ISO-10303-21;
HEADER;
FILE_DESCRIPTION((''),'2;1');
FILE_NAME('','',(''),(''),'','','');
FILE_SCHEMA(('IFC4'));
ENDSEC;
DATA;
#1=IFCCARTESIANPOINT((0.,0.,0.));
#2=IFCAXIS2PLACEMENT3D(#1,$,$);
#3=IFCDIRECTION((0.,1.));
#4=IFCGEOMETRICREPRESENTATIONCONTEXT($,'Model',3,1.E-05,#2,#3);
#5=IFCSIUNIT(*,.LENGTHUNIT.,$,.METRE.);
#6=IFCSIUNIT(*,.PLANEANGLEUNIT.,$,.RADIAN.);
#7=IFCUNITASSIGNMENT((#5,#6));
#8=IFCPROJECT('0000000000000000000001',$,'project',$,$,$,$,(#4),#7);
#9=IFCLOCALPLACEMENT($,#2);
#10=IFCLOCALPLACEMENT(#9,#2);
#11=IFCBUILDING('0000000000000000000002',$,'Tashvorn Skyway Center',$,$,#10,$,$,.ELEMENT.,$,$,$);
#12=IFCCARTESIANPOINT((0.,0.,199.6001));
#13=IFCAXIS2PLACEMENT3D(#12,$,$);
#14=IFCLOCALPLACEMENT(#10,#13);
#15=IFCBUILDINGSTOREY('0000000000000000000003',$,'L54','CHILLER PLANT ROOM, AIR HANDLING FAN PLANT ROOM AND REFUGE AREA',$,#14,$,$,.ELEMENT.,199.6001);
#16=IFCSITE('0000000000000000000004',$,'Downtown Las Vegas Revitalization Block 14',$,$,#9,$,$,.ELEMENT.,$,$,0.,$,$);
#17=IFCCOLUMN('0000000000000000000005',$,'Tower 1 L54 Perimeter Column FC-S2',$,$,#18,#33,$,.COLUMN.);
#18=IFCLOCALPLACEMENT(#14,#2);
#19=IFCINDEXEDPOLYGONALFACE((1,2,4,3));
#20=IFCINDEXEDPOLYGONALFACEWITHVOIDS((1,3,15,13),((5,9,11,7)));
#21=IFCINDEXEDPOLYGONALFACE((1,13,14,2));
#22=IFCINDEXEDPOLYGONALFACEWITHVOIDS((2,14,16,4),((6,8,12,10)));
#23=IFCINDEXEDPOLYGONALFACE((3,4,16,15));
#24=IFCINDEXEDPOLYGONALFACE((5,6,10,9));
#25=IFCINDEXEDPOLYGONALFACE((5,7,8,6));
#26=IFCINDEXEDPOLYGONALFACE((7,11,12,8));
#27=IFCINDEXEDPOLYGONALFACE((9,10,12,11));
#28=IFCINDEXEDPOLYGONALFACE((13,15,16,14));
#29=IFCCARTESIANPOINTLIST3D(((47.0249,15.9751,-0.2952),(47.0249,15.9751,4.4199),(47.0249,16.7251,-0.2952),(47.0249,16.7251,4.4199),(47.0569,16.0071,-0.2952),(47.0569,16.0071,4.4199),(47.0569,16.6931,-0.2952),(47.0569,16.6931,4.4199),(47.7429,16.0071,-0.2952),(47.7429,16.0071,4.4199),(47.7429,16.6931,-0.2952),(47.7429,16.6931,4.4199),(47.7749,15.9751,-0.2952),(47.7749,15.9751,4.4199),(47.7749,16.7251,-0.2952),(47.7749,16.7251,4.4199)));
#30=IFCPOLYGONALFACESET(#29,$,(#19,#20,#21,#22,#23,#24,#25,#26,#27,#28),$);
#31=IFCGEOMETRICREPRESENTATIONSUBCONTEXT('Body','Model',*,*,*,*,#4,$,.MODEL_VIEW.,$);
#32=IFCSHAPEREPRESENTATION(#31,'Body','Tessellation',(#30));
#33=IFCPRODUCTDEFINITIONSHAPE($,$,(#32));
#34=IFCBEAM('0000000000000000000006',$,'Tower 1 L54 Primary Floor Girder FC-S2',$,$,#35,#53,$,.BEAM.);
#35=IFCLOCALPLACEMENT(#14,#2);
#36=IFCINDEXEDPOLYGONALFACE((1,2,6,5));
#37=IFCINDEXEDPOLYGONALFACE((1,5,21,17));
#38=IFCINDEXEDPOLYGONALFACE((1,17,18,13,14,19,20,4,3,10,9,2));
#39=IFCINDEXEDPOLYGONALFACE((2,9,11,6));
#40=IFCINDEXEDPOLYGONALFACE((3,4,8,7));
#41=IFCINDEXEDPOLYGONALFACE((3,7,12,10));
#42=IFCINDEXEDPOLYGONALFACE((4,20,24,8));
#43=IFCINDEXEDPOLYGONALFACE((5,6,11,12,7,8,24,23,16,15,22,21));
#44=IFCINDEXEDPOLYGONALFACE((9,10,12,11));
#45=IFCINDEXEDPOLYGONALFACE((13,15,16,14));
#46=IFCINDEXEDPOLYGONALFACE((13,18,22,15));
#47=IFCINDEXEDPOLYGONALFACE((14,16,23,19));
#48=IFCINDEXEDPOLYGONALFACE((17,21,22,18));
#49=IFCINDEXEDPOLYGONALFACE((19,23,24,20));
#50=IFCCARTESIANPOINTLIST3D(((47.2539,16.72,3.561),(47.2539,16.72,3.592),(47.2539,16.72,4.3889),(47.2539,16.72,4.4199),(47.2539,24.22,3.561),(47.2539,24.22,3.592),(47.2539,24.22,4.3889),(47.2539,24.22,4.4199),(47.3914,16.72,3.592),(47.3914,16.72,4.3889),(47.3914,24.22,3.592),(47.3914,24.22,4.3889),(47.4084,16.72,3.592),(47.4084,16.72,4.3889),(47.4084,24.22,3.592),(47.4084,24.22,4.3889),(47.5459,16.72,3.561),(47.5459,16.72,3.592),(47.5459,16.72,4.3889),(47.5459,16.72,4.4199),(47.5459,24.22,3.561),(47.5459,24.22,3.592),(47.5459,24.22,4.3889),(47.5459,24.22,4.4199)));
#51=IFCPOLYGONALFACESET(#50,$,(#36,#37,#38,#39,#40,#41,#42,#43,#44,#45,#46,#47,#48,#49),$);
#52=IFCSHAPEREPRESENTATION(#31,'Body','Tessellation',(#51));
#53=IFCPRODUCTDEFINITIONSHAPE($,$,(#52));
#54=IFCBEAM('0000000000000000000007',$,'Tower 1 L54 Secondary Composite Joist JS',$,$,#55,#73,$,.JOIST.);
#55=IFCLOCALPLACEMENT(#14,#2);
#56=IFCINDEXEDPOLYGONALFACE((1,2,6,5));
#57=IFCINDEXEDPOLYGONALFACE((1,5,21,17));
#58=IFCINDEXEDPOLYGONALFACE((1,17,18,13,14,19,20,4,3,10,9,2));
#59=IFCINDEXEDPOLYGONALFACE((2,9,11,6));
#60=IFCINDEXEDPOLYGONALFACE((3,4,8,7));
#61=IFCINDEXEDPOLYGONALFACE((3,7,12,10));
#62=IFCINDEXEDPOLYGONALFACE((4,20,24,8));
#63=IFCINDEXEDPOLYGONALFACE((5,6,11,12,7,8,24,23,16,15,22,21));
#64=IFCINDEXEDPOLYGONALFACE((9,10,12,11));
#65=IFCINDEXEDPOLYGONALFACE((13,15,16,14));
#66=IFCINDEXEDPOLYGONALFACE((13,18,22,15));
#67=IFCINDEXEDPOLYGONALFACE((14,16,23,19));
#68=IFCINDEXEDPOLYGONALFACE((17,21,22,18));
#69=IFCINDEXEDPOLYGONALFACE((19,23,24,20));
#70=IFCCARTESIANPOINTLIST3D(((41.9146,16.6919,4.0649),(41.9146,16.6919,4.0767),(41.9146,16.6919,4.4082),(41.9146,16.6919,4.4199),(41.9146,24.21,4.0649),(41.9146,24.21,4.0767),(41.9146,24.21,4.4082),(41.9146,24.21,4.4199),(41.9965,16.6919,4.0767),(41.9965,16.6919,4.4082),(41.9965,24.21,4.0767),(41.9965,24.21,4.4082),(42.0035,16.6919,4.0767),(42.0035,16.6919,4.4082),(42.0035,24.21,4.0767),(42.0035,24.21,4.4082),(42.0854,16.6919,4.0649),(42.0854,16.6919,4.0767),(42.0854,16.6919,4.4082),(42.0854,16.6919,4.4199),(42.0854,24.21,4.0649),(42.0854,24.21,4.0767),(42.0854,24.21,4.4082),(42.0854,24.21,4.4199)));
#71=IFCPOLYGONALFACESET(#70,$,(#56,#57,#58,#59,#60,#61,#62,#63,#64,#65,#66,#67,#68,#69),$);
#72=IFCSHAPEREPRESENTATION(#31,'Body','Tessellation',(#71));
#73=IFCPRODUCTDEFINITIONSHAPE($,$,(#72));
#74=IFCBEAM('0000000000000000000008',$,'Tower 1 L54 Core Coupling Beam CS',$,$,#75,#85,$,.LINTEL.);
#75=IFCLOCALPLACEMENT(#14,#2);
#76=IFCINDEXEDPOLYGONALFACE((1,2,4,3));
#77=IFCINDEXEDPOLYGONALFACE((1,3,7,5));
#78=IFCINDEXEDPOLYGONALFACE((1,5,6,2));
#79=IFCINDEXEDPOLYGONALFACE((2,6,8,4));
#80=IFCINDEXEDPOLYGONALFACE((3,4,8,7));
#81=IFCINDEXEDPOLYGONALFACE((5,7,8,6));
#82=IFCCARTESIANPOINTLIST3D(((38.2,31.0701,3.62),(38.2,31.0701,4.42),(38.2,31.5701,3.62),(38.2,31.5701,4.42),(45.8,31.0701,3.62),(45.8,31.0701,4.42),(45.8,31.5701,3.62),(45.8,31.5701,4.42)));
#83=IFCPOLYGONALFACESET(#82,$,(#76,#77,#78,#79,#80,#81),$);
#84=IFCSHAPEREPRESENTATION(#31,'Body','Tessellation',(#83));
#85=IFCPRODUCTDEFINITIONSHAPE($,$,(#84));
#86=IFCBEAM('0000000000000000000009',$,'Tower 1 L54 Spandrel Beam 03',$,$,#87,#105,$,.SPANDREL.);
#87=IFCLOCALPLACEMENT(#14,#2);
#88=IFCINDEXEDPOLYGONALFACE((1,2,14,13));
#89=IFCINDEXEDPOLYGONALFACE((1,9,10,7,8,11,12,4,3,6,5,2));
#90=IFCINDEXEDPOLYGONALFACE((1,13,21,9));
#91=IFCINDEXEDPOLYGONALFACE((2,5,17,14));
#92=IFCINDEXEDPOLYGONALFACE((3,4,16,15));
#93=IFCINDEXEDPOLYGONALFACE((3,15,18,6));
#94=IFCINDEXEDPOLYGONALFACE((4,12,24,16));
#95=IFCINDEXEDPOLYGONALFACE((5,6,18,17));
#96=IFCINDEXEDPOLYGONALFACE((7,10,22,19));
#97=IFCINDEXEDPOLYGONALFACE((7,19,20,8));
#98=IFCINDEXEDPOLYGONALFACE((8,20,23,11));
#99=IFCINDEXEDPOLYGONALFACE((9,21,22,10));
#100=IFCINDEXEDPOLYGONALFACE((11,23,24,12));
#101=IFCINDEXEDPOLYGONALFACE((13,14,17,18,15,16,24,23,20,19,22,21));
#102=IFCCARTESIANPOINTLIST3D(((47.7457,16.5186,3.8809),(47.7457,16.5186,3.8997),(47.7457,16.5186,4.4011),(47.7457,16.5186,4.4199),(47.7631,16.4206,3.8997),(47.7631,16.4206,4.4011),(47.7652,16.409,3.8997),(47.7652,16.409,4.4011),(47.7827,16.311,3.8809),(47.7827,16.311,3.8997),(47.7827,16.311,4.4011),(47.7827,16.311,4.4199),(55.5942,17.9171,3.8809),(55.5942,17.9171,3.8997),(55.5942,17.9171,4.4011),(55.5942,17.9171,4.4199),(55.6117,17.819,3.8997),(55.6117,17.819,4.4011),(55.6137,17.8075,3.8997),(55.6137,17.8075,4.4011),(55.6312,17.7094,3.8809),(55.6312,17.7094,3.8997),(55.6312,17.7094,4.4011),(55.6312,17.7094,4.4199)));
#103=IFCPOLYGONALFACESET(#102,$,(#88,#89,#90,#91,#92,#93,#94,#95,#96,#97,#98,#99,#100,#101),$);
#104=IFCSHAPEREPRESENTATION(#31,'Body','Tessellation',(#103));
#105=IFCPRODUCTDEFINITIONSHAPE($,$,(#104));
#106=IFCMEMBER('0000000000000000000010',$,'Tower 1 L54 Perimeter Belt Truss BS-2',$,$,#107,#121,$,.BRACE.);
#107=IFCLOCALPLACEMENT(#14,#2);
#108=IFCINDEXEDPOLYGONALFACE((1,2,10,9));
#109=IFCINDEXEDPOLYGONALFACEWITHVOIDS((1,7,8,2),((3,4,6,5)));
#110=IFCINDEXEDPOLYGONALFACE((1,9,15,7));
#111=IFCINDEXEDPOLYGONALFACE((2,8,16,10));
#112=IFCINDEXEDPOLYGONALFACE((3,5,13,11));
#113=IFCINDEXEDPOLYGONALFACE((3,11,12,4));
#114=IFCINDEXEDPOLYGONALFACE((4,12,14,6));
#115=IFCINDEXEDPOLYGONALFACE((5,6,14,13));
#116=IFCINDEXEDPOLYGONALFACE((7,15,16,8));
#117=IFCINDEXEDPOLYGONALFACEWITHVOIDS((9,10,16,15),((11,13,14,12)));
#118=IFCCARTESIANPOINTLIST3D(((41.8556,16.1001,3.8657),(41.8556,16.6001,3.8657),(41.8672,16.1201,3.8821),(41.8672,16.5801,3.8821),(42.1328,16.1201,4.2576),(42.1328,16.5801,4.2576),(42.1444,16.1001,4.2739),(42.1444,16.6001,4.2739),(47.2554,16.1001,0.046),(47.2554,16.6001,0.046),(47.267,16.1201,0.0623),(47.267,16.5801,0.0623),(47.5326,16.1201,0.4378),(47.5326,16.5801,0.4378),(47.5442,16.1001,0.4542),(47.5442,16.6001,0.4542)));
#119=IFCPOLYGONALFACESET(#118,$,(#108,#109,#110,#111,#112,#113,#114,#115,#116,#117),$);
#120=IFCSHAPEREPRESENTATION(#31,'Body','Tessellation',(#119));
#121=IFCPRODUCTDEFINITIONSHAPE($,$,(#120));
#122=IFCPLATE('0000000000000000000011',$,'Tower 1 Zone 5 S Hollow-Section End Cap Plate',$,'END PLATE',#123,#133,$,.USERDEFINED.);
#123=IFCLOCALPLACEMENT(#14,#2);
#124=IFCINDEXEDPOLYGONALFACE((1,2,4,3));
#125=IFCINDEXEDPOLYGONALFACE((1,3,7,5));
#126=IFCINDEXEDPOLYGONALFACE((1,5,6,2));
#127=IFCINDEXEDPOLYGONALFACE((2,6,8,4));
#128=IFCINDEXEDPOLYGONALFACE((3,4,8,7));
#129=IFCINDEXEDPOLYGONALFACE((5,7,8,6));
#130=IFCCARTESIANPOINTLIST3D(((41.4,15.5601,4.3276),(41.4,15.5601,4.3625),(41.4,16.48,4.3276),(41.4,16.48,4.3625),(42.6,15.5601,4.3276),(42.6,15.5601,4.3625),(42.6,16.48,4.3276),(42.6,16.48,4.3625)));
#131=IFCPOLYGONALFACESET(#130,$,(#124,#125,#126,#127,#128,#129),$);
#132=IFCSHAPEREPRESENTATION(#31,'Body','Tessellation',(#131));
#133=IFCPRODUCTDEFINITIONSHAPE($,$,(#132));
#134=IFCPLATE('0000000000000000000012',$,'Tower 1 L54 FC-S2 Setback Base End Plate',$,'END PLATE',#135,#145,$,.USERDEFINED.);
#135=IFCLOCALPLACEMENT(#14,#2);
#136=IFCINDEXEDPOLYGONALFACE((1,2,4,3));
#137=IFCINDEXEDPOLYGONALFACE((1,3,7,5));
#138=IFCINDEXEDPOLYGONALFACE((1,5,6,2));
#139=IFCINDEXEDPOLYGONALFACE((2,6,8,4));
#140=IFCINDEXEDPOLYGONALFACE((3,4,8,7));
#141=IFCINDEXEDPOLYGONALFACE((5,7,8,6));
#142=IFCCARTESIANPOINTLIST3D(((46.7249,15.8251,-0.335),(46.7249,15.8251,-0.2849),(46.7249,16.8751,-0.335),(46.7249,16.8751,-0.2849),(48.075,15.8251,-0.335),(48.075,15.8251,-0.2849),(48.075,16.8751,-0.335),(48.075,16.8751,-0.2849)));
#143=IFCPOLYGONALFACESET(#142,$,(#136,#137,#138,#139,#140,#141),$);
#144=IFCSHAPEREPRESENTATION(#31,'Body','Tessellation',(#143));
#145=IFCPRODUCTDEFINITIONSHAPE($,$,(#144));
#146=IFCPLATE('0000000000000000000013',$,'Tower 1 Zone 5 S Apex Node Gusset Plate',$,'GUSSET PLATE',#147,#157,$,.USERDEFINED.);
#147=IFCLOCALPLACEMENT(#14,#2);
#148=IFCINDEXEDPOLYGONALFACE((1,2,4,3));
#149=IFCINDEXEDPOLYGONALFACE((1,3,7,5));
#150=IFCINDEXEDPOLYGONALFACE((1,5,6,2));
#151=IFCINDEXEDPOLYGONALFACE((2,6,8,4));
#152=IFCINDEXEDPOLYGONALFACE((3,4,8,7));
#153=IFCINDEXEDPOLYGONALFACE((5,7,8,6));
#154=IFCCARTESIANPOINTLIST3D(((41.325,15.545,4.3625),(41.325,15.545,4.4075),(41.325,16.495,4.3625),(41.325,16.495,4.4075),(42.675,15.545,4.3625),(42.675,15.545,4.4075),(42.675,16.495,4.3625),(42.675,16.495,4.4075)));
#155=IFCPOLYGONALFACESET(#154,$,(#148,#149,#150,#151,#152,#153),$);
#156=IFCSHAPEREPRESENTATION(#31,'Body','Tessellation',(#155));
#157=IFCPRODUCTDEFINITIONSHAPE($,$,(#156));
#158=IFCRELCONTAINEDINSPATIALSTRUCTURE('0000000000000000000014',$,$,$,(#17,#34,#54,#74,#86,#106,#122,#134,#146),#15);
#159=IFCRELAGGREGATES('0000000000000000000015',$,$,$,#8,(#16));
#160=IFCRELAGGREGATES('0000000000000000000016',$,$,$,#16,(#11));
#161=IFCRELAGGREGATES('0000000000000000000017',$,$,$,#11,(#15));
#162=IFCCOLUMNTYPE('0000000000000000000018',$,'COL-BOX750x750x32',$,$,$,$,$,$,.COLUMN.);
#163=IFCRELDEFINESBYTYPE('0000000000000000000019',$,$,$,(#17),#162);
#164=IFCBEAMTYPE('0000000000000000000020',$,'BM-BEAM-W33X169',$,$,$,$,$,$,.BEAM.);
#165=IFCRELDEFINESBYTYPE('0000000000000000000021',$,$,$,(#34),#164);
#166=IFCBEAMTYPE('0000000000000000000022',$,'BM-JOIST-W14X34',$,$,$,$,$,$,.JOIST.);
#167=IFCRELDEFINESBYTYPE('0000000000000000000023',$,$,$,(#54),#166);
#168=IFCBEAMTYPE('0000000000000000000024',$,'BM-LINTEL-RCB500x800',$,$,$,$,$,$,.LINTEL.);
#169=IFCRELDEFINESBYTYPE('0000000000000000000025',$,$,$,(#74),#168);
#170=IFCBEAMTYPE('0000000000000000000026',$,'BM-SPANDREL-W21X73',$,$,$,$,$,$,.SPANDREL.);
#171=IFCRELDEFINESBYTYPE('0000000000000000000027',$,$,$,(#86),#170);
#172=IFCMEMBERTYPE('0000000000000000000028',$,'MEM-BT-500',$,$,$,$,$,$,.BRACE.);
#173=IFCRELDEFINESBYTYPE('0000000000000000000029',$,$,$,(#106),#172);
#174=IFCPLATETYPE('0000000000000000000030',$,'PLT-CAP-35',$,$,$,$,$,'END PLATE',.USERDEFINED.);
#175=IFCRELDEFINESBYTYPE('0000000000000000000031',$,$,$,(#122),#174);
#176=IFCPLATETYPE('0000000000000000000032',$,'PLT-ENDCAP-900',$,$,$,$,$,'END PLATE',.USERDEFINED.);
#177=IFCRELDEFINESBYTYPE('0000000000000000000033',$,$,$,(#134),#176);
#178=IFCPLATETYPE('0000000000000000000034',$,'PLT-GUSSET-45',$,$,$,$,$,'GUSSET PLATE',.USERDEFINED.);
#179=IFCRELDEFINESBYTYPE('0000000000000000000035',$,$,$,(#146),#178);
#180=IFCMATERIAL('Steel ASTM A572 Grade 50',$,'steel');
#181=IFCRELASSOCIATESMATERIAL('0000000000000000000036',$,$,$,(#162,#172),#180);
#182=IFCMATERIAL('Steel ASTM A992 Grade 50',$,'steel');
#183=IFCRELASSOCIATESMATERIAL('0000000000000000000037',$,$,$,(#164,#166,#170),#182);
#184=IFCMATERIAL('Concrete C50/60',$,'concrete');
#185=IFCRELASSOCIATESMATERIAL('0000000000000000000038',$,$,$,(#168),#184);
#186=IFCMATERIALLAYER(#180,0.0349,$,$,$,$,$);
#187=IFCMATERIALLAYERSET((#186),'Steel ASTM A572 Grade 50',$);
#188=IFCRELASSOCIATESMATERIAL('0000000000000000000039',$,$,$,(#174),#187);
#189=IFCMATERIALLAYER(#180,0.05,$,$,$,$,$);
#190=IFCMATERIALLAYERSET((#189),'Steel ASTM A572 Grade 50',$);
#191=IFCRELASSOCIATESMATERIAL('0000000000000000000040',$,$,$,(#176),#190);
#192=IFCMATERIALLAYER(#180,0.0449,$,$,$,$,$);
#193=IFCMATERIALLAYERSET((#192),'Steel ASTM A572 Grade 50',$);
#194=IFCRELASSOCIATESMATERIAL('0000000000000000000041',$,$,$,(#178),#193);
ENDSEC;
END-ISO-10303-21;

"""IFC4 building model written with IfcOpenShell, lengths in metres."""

from ifc_helpers import new_model, si_unit, direction, frame, origin, origin_2d, place, context, subcontext, project, spatial, rectangle, hollow_rectangle, i_section, extrude, material, layer, layer_set, material_profile, profile_set, type_object, element, save


model = new_model("IFC4")

# Units and contexts
model_context = context("Model", 3, precision=1e-05, world=origin(), true_north=direction((0.0, 1.0)))
body_context = subcontext(model_context, "Body", "Model", "MODEL_VIEW")
ifc_project = project(units=[si_unit("LENGTHUNIT", "METRE"), si_unit("PLANEANGLEUNIT", "RADIAN")], contexts=[model_context])

# Site, building, storey
site_placement = place(None, origin())
site = spatial("IfcSite", under=ifc_project, at=site_placement, Name="Downtown Las Vegas Revitalization Block 14", CompositionType="ELEMENT", RefElevation=0.0)
building_placement = place(site_placement, origin())
building = spatial("IfcBuilding", under=site, at=building_placement, Name="Tashvorn Skyway Center", CompositionType="ELEMENT")
storey_placement = place(building_placement, frame((0.0, 0.0, 199.6001)))
storey = spatial("IfcBuildingStorey", under=building, at=storey_placement, Name="L54", Description="CHILLER PLANT ROOM, AIR HANDLING FAN PLANT ROOM AND REFUGE AREA", CompositionType="ELEMENT", Elevation=199.6001)

# Column
ifc_material_1 = material(Name="Steel ASTM A572 Grade 50", Category="steel")
ifc_material_profile_1 = material_profile(ifc_material_1, hollow_rectangle(XDim=0.75, YDim=0.75, WallThickness=0.032, at=origin_2d()), Name="BOX750x750x32")
ifc_profile_set_1 = profile_set([ifc_material_profile_1], Name="Steel ASTM A572 Grade 50")
column_type = type_object("IfcColumnType", Name="COL-BOX750x750x32", PredefinedType="COLUMN", material=ifc_profile_set_1)
column_placement = place(storey_placement, frame((47.3999, 16.3501, -0.2952), z_axis=(0.0, 0.0, 1.0), x_axis=(1.0, 0.0, 0.0)))
element("IfcColumn", 1, at=column_placement, inside=storey, type_object=column_type, Name="Tower 1 L54 Perimeter Column FC-S2", PredefinedType="COLUMN", context=body_context, shape_type="SweptSolid", body=[
    extrude(hollow_rectangle(XDim=0.75, YDim=0.75, WallThickness=0.032, at=origin_2d()), origin(), (0.0, 0.0, 1.0), 4.7151),
])

# Beams
ifc_material_2 = material(Name="Steel ASTM A992 Grade 50", Category="steel")
ifc_material_profile_2 = material_profile(ifc_material_2, i_section(OverallWidth=0.292, OverallDepth=0.8589, WebThickness=0.0171, FlangeThickness=0.031, at=origin_2d()), Name="W33X169")
ifc_profile_set_2 = profile_set([ifc_material_profile_2], Name="Steel ASTM A992 Grade 50")
beam_type_1 = type_object("IfcBeamType", Name="BM-BEAM-W33X169", PredefinedType="BEAM", material=ifc_profile_set_2)
beam_1_placement = place(storey_placement, frame((47.3999, 16.72, 3.9905), z_axis=(0.0, 1.0, 0.0), x_axis=(-1.0, 0.0, 0.0)))
element("IfcBeam", 2, at=beam_1_placement, inside=storey, type_object=beam_type_1, Name="Tower 1 L54 Primary Floor Girder FC-S2", PredefinedType="BEAM", context=body_context, shape_type="SweptSolid", body=[
    extrude(i_section(OverallWidth=0.292, OverallDepth=0.8589, WebThickness=0.0171, FlangeThickness=0.031, at=origin_2d()), origin(), (0.0, 0.0, 1.0), 7.5),
])
ifc_material_profile_3 = material_profile(ifc_material_2, i_section(OverallWidth=0.1709, OverallDepth=0.355, WebThickness=0.0071, FlangeThickness=0.0117, at=origin_2d()), Name="W14X34")
ifc_profile_set_3 = profile_set([ifc_material_profile_3], Name="Steel ASTM A992 Grade 50")
beam_type_2 = type_object("IfcBeamType", Name="BM-JOIST-W14X34", PredefinedType="JOIST", material=ifc_profile_set_3)
beam_2_placement = place(storey_placement, frame((42.0, 24.21, 4.2424), z_axis=(0.0, -1.0, 0.0), x_axis=(1.0, 0.0, 0.0)))
element("IfcBeam", 3, at=beam_2_placement, inside=storey, type_object=beam_type_2, Name="Tower 1 L54 Secondary Composite Joist JS", PredefinedType="JOIST", context=body_context, shape_type="SweptSolid", body=[
    extrude(i_section(OverallWidth=0.1709, OverallDepth=0.355, WebThickness=0.0071, FlangeThickness=0.0117, at=origin_2d()), origin(), (0.0, 0.0, 1.0), 7.5181),
])
ifc_material_3 = material(Name="Concrete C50/60", Category="concrete")
ifc_material_profile_4 = material_profile(ifc_material_3, rectangle(XDim=0.5, YDim=0.8, at=origin_2d()), Name="RCB500x800")
ifc_profile_set_4 = profile_set([ifc_material_profile_4], Name="Concrete C50/60")
beam_type_3 = type_object("IfcBeamType", Name="BM-LINTEL-RCB500x800", PredefinedType="LINTEL", material=ifc_profile_set_4)
beam_3_placement = place(storey_placement, frame((38.2, 31.3201, 4.02), z_axis=(1.0, 0.0, 0.0), x_axis=(0.0, 1.0, 0.0)))
element("IfcBeam", 4, at=beam_3_placement, inside=storey, type_object=beam_type_3, Name="Tower 1 L54 Core Coupling Beam CS", PredefinedType="LINTEL", context=body_context, shape_type="SweptSolid", body=[
    extrude(rectangle(XDim=0.5, YDim=0.8, at=origin_2d()), origin(), (0.0, 0.0, 1.0), 7.6001),
])
ifc_material_profile_5 = material_profile(ifc_material_2, i_section(OverallWidth=0.2109, OverallDepth=0.5391, WebThickness=0.0117, FlangeThickness=0.0188, at=origin_2d()), Name="W21X73")
ifc_profile_set_5 = profile_set([ifc_material_profile_5], Name="Steel ASTM A992 Grade 50")
beam_type_4 = type_object("IfcBeamType", Name="BM-SPANDREL-W21X73", PredefinedType="SPANDREL", material=ifc_profile_set_5)
beam_4_placement = place(storey_placement, frame((47.7642, 16.4148, 4.1504), z_axis=(0.984495, 0.175413, 0.0), x_axis=(-0.175413, 0.984495, 0.0)))
element("IfcBeam", 5, at=beam_4_placement, inside=storey, type_object=beam_type_4, Name="Tower 1 L54 Spandrel Beam 03", PredefinedType="SPANDREL", context=body_context, shape_type="SweptSolid", body=[
    extrude(i_section(OverallWidth=0.2109, OverallDepth=0.5391, WebThickness=0.0117, FlangeThickness=0.0188, at=origin_2d()), origin(), (0.0, 0.0, 1.0), 7.9722),
])

# Member
ifc_material_profile_6 = material_profile(ifc_material_1, hollow_rectangle(XDim=0.5, YDim=0.5, WallThickness=0.02, at=origin_2d()), Name="HSS500x500x20")
ifc_profile_set_6 = profile_set([ifc_material_profile_6], Name="Steel ASTM A572 Grade 50")
member_type = type_object("IfcMemberType", Name="MEM-BT-500", PredefinedType="BRACE", material=ifc_profile_set_6)
member_placement = place(storey_placement, frame((42.0, 16.3501, 4.0698), z_axis=(0.816388, 0.0, -0.577503), x_axis=(0.0, 1.0, 0.0)))
element("IfcMember", 6, at=member_placement, inside=storey, type_object=member_type, Name="Tower 1 L54 Perimeter Belt Truss BS-2", PredefinedType="BRACE", context=body_context, shape_type="SweptSolid", body=[
    extrude(hollow_rectangle(XDim=0.5, YDim=0.5, WallThickness=0.02, at=origin_2d()), origin(), (0.0, 0.0, 1.0), 6.6143),
])

# Plates
ifc_layer_1 = layer(ifc_material_1, 0.0349)
ifc_layer_set_1 = layer_set([ifc_layer_1], Name="Steel ASTM A572 Grade 50")
plate_type_1 = type_object("IfcPlateType", Name="PLT-CAP-35", ElementType="END PLATE", PredefinedType="USERDEFINED", material=ifc_layer_set_1)
plate_1_placement = place(storey_placement, frame((42.0, 16.02, 4.3276), z_axis=(0.0, 0.0, 1.0), x_axis=(1.0, 0.0, 0.0)))
element("IfcPlate", 7, at=plate_1_placement, inside=storey, type_object=plate_type_1, Name="Tower 1 Zone 5 S Hollow-Section End Cap Plate", ObjectType="END PLATE", PredefinedType="USERDEFINED", context=body_context, shape_type="SweptSolid", body=[
    extrude(rectangle(XDim=1.2, YDim=0.9199, at=origin_2d()), origin(), (0.0, 0.0, 1.0), 0.0349),
])
ifc_layer_2 = layer(ifc_material_1, 0.05)
ifc_layer_set_2 = layer_set([ifc_layer_2], Name="Steel ASTM A572 Grade 50")
plate_type_2 = type_object("IfcPlateType", Name="PLT-ENDCAP-900", ElementType="END PLATE", PredefinedType="USERDEFINED", material=ifc_layer_set_2)
plate_2_placement = place(storey_placement, frame((47.3999, 16.3501, -0.335), z_axis=(0.0, 0.0, 1.0), x_axis=(1.0, 0.0, 0.0)))
element("IfcPlate", 8, at=plate_2_placement, inside=storey, type_object=plate_type_2, Name="Tower 1 L54 FC-S2 Setback Base End Plate", ObjectType="END PLATE", PredefinedType="USERDEFINED", context=body_context, shape_type="SweptSolid", body=[
    extrude(rectangle(XDim=1.3501, YDim=1.05, at=origin_2d()), origin(), (0.0, 0.0, 1.0), 0.05),
])
ifc_layer_3 = layer(ifc_material_1, 0.0449)
ifc_layer_set_3 = layer_set([ifc_layer_3], Name="Steel ASTM A572 Grade 50")
plate_type_3 = type_object("IfcPlateType", Name="PLT-GUSSET-45", ElementType="GUSSET PLATE", PredefinedType="USERDEFINED", material=ifc_layer_set_3)
plate_3_placement = place(storey_placement, frame((42.0, 16.02, 4.3625), z_axis=(0.0, 0.0, 1.0), x_axis=(1.0, 0.0, 0.0)))
element("IfcPlate", 9, at=plate_3_placement, inside=storey, type_object=plate_type_3, Name="Tower 1 Zone 5 S Apex Node Gusset Plate", ObjectType="GUSSET PLATE", PredefinedType="USERDEFINED", context=body_context, shape_type="SweptSolid", body=[
    extrude(rectangle(XDim=1.3501, YDim=0.95, at=origin_2d()), origin(), (0.0, 0.0, 1.0), 0.0449),
])

save(model, "model.ifc")
